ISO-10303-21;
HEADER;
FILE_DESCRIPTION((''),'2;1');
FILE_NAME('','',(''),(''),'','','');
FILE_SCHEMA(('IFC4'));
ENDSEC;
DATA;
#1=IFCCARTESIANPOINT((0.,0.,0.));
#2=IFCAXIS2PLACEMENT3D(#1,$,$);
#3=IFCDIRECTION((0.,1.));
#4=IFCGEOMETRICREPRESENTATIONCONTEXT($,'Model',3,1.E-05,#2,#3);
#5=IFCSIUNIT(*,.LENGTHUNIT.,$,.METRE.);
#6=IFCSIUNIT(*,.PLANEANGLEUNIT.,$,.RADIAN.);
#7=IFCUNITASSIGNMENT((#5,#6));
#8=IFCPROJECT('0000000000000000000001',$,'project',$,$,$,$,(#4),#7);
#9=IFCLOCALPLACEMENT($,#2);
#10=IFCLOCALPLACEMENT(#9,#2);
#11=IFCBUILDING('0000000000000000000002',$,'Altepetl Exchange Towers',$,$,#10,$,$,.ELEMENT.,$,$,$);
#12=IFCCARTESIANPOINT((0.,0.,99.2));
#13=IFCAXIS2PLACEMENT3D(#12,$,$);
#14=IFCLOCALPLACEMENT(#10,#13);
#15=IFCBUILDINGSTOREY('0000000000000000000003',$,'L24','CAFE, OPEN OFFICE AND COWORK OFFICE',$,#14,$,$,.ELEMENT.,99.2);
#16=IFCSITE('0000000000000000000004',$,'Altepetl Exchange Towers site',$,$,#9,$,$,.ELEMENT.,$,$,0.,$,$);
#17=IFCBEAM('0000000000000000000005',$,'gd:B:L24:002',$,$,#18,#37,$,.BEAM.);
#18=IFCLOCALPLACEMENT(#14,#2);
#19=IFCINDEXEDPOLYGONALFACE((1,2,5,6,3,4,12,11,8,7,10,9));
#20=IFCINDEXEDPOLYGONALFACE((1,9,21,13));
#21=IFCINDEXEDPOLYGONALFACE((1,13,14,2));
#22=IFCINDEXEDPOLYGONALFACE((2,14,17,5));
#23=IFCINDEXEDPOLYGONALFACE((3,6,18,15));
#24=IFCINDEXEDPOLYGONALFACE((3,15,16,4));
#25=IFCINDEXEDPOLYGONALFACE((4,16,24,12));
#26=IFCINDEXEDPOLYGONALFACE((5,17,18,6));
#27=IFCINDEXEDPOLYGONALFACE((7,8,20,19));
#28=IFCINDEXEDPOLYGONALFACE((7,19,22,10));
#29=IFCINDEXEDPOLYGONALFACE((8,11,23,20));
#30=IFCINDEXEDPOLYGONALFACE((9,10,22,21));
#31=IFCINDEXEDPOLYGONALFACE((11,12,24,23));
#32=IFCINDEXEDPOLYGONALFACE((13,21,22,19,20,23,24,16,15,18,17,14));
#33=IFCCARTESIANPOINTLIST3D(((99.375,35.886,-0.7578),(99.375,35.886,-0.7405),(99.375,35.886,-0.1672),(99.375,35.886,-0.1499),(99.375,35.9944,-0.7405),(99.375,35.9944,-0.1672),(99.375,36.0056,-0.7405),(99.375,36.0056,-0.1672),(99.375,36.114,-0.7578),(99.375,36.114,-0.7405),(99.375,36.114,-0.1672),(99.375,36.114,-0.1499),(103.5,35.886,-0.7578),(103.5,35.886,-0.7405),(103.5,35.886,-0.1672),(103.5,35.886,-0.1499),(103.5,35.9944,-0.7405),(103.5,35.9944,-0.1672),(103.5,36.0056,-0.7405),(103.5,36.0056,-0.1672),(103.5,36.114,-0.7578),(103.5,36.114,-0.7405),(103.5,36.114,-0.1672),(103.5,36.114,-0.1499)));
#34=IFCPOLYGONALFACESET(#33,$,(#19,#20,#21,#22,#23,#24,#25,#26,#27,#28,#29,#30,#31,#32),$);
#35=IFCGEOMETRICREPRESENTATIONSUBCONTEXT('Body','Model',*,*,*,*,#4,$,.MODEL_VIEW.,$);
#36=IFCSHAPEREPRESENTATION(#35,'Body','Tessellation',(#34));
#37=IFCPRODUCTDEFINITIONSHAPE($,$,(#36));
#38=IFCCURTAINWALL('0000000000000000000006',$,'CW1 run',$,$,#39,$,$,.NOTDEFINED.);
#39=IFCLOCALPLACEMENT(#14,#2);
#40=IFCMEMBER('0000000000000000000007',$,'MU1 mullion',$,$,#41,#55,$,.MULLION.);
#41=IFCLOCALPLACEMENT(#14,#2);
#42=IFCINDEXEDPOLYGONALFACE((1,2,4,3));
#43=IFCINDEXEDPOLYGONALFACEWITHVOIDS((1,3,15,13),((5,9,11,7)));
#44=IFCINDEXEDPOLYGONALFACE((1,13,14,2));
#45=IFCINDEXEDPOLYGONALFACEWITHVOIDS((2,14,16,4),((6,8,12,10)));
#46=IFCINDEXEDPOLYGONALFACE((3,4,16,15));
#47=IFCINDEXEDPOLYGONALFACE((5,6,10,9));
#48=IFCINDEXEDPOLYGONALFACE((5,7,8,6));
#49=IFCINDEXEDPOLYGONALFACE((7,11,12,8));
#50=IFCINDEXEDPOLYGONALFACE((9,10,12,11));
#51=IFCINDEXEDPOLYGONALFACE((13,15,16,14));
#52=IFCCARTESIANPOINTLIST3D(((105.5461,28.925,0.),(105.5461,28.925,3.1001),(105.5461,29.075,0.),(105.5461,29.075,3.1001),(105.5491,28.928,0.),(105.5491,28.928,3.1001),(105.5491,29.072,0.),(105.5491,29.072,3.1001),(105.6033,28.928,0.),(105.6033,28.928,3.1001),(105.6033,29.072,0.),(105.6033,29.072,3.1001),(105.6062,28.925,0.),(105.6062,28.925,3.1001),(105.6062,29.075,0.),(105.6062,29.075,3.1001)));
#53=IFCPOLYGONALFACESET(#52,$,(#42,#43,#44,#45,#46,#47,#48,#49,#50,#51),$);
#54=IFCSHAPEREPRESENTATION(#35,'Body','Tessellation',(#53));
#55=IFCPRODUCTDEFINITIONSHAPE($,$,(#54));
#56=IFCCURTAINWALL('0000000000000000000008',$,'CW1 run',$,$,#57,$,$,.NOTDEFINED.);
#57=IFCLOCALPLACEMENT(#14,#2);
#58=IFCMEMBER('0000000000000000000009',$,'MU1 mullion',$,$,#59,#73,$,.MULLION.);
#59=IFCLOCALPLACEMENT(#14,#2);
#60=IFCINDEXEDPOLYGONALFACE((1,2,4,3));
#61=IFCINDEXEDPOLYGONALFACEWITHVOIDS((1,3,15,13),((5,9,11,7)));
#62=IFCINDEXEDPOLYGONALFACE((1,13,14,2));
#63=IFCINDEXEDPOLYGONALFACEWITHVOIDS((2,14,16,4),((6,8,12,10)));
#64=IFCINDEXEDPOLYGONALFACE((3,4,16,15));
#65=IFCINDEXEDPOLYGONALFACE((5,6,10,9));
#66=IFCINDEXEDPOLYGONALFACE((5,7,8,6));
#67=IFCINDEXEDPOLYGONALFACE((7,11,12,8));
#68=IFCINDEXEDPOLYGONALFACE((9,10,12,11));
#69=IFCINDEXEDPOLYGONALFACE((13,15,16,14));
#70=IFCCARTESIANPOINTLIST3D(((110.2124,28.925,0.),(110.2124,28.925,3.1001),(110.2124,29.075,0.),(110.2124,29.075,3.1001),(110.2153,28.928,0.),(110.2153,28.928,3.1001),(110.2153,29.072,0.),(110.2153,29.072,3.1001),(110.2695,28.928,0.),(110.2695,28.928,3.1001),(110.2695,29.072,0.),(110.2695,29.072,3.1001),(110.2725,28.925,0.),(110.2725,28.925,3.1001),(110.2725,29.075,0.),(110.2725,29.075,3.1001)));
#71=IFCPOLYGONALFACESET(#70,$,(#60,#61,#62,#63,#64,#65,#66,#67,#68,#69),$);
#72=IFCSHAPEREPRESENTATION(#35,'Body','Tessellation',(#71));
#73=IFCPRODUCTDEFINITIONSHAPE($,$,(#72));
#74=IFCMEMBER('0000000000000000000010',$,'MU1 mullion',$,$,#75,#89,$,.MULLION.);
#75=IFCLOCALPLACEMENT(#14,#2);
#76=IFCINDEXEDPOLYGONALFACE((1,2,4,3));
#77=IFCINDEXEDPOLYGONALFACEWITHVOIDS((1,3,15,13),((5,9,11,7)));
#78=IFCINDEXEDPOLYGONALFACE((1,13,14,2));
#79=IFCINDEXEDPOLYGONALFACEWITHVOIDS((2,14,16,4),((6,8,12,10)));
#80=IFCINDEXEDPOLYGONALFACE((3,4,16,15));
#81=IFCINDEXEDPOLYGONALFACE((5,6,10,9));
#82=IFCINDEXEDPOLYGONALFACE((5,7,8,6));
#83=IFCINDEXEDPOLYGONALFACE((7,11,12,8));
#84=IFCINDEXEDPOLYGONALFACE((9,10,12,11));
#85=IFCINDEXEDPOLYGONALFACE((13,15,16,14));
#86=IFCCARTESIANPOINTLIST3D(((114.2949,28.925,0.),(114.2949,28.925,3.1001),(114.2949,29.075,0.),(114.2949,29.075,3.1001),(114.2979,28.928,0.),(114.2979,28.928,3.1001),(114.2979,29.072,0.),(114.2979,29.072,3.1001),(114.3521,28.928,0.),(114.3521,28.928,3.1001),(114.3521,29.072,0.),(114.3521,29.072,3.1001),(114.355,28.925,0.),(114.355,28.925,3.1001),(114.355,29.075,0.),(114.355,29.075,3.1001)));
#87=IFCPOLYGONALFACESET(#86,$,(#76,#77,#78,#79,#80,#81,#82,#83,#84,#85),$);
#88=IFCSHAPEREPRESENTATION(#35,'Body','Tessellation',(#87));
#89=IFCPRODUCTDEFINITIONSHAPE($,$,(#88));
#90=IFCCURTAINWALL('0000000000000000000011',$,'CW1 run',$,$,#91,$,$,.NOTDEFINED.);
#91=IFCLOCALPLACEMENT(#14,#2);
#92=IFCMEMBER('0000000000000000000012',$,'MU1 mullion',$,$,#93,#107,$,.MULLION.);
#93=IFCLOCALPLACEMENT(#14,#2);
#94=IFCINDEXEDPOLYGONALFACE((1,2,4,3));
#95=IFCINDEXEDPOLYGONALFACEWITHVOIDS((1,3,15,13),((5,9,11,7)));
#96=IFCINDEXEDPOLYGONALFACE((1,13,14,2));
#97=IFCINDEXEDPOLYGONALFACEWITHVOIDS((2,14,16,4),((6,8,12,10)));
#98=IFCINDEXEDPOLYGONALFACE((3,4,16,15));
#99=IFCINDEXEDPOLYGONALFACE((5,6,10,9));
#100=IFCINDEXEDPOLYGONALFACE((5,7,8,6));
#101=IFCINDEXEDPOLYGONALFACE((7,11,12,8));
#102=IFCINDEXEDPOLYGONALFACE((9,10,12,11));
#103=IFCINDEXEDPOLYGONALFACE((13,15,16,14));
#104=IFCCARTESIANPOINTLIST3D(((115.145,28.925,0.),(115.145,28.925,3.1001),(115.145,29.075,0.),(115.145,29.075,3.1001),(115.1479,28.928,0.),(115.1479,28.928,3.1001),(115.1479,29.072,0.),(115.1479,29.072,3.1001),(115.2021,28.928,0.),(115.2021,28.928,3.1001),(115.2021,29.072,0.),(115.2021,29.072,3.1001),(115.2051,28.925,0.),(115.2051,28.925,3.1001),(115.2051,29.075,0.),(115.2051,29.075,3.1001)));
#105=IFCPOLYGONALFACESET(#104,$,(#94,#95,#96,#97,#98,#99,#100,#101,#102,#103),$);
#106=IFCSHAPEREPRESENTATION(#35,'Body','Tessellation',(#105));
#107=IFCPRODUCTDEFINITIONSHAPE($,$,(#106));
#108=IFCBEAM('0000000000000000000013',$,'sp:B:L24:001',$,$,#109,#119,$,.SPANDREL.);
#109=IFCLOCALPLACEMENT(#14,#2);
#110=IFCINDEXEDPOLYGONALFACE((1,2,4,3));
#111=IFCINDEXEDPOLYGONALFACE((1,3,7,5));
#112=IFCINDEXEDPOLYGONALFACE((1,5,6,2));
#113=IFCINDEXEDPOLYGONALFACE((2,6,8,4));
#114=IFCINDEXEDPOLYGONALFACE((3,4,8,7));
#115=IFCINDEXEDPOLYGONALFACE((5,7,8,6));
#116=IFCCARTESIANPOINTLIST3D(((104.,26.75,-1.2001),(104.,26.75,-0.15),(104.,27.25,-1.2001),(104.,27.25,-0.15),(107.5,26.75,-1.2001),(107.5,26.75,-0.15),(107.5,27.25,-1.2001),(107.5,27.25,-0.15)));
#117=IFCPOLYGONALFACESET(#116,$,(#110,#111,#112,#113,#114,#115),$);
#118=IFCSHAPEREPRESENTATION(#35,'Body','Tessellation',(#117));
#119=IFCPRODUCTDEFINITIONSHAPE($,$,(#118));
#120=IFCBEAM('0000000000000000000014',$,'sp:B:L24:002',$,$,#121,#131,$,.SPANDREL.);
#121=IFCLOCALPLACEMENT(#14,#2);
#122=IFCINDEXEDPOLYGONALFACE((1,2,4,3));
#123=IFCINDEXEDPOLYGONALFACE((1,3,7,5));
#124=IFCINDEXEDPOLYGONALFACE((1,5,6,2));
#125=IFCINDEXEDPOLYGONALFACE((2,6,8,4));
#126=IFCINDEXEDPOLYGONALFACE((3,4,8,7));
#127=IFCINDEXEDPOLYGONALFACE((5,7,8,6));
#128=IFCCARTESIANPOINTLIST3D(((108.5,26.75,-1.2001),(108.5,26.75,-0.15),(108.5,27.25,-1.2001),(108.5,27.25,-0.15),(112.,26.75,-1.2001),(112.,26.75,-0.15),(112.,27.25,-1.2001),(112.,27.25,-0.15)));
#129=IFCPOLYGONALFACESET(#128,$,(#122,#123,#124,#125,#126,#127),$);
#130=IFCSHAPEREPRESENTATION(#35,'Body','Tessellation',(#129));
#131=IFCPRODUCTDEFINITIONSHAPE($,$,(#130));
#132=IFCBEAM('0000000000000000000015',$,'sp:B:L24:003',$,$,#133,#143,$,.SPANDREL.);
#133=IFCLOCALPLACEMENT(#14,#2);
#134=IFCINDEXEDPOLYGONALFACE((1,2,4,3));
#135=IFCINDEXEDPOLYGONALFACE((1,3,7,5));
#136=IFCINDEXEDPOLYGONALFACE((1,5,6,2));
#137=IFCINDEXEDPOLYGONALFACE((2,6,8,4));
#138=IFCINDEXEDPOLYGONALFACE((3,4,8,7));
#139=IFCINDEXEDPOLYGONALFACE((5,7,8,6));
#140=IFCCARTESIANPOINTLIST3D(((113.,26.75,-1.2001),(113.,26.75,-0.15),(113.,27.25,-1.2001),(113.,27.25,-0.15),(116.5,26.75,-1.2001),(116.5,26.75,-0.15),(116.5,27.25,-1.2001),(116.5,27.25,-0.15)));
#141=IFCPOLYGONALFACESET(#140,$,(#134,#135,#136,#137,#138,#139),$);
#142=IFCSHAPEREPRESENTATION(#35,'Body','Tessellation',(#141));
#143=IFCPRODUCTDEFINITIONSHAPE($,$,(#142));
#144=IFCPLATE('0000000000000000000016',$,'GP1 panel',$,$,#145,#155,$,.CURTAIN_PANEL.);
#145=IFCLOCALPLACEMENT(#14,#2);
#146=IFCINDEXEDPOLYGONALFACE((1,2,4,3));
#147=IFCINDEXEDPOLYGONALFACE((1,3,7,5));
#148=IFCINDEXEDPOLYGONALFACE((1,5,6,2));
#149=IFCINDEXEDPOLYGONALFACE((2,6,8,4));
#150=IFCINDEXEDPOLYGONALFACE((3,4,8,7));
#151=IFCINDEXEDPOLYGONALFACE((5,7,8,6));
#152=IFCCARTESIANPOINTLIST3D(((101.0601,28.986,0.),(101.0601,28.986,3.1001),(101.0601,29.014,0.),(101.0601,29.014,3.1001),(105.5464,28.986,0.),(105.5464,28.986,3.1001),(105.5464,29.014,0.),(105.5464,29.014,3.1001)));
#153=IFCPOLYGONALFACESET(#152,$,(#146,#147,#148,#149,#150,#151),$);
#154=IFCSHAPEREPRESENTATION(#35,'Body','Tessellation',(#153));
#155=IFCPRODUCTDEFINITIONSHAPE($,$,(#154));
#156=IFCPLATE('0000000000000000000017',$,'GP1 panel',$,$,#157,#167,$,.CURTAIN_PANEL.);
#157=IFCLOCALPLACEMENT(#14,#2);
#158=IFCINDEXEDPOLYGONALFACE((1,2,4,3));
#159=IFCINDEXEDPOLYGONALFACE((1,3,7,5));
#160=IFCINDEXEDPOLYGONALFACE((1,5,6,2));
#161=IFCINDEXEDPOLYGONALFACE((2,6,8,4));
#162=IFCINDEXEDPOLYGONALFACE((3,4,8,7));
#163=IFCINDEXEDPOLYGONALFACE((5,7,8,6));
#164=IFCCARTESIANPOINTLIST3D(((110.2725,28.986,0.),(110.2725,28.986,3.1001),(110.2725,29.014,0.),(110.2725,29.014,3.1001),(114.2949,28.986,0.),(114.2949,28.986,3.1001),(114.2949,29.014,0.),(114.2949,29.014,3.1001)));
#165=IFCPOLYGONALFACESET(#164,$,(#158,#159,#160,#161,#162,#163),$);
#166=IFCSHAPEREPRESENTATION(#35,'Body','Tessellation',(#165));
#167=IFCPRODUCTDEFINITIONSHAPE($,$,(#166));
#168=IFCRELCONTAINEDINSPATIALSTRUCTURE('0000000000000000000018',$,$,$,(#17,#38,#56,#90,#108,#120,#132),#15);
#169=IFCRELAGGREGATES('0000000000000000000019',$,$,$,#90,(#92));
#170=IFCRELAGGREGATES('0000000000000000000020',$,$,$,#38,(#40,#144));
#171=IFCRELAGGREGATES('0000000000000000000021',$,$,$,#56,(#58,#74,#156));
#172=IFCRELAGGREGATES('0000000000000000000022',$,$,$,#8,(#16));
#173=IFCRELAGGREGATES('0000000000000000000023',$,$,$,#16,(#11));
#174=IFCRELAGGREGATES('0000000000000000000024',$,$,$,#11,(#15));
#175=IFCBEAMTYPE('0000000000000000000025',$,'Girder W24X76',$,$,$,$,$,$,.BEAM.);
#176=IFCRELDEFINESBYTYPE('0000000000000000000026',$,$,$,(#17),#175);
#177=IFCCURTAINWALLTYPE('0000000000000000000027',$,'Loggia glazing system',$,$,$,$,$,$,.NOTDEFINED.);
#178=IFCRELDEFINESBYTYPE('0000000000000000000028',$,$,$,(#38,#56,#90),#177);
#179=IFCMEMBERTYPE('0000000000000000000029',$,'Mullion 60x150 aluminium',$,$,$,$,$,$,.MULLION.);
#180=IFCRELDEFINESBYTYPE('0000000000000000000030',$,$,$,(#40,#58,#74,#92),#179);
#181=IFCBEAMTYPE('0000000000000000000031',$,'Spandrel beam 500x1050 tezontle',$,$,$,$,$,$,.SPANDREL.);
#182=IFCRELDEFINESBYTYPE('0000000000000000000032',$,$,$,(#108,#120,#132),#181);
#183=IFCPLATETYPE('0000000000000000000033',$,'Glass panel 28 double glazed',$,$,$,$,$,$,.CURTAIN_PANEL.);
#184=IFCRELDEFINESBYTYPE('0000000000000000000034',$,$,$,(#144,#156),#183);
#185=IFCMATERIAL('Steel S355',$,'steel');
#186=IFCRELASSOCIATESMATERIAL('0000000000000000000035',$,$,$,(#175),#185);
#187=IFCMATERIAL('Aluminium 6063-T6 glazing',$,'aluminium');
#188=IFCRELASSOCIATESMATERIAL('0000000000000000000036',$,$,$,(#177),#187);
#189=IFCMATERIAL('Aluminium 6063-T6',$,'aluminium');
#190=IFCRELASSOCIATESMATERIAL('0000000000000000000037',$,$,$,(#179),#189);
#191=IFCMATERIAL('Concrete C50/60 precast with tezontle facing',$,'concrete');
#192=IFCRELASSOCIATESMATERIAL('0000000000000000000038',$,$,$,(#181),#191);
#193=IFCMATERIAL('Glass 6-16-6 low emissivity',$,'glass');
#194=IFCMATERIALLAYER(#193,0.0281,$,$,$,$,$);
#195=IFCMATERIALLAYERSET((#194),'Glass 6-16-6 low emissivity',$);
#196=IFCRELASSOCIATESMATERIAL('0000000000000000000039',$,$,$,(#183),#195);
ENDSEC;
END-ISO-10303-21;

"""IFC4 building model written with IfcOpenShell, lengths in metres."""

from ifc_helpers import new_model, si_unit, direction, frame, origin, origin_2d, place, context, subcontext, project, spatial, rectangle, hollow_rectangle, i_section, extrude, material, layer, layer_set, material_profile, profile_set, type_object, element, aggregate, save


model = new_model("IFC4")

# Units and contexts
model_context = context("Model", 3, precision=1e-05, world=origin(), true_north=direction((0.0, 1.0)))
body_context = subcontext(model_context, "Body", "Model", "MODEL_VIEW")
ifc_project = project(units=[si_unit("LENGTHUNIT", "METRE"), si_unit("PLANEANGLEUNIT", "RADIAN")], contexts=[model_context])

# Site, building, storey
site_placement = place(None, origin())
site = spatial("IfcSite", under=ifc_project, at=site_placement, Name="Altepetl Exchange Towers site", CompositionType="ELEMENT", RefElevation=0.0)
building_placement = place(site_placement, origin())
building = spatial("IfcBuilding", under=site, at=building_placement, Name="Altepetl Exchange Towers", CompositionType="ELEMENT")
storey_placement = place(building_placement, frame((0.0, 0.0, 99.2)))
storey = spatial("IfcBuildingStorey", under=building, at=storey_placement, Name="L24", Description="CAFE, OPEN OFFICE AND COWORK OFFICE", CompositionType="ELEMENT", Elevation=99.2)

# Beam
ifc_material_1 = material(Name="Steel S355", Category="steel")
ifc_material_profile_1 = material_profile(ifc_material_1, i_section(OverallWidth=0.228, OverallDepth=0.6079, WebThickness=0.0112, FlangeThickness=0.0173, at=origin_2d()), Name="W24X76")
ifc_profile_set_1 = profile_set([ifc_material_profile_1], Name="Steel S355")
beam_type_1 = type_object("IfcBeamType", Name="Girder W24X76", PredefinedType="BEAM", material=ifc_profile_set_1)
beam_1_placement = place(storey_placement, frame((103.5, 36.0, -0.4539), z_axis=(-1.0, 0.0, 0.0), x_axis=(0.0, -1.0, 0.0)))
element("IfcBeam", 1, at=beam_1_placement, inside=storey, type_object=beam_type_1, Name="gd:B:L24:002", PredefinedType="BEAM", context=body_context, shape_type="SweptSolid", body=[
    extrude(i_section(OverallWidth=0.228, OverallDepth=0.6079, WebThickness=0.0112, FlangeThickness=0.0173, at=origin_2d()), origin(), (0.0, 0.0, 1.0), 4.125),
])

# Curtain wall, member
ifc_material_2 = material(Name="Aluminium 6063-T6 glazing", Category="aluminium")
curtain_wall_type = type_object("IfcCurtainWallType", Name="Loggia glazing system", PredefinedType="NOTDEFINED", material=ifc_material_2)
curtain_wall_1_placement = place(storey_placement, origin())
curtain_wall_1 = element("IfcCurtainWall", 2, at=curtain_wall_1_placement, inside=storey, type_object=curtain_wall_type, Name="CW1 run", PredefinedType="NOTDEFINED")
ifc_material_3 = material(Name="Aluminium 6063-T6", Category="aluminium")
ifc_material_profile_2 = material_profile(ifc_material_3, hollow_rectangle(XDim=0.0601, YDim=0.1499, WallThickness=0.0029, at=origin_2d()), Name="Mullion 60x150 aluminium")
ifc_profile_set_2 = profile_set([ifc_material_profile_2], Name="Aluminium 6063-T6")
member_type = type_object("IfcMemberType", Name="Mullion 60x150 aluminium", PredefinedType="MULLION", material=ifc_profile_set_2)
member_1_placement = place(storey_placement, frame((105.5762, 29.0, 0.0)))
member_1 = element("IfcMember", 3, at=member_1_placement, type_object=member_type, Name="MU1 mullion", PredefinedType="MULLION", context=body_context, shape_type="SweptSolid", body=[
    extrude(hollow_rectangle(XDim=0.0601, YDim=0.1499, WallThickness=0.0029, at=origin_2d()), origin(), (0.0, 0.0, 1.0), 3.1001),
])

# Curtain wall, members
curtain_wall_2_placement = place(storey_placement, origin())
curtain_wall_2 = element("IfcCurtainWall", 4, at=curtain_wall_2_placement, inside=storey, type_object=curtain_wall_type, Name="CW1 run", PredefinedType="NOTDEFINED")
member_2_placement = place(storey_placement, frame((110.2424, 29.0, 0.0)))
member_2 = element("IfcMember", 5, at=member_2_placement, type_object=member_type, Name="MU1 mullion", PredefinedType="MULLION", context=body_context, shape_type="SweptSolid", body=[
    extrude(hollow_rectangle(XDim=0.0601, YDim=0.1499, WallThickness=0.0029, at=origin_2d()), origin(), (0.0, 0.0, 1.0), 3.1001),
])
member_3_placement = place(storey_placement, frame((114.325, 29.0, 0.0)))
member_3 = element("IfcMember", 6, at=member_3_placement, type_object=member_type, Name="MU1 mullion", PredefinedType="MULLION", context=body_context, shape_type="SweptSolid", body=[
    extrude(hollow_rectangle(XDim=0.0601, YDim=0.1499, WallThickness=0.0029, at=origin_2d()), origin(), (0.0, 0.0, 1.0), 3.1001),
])

# Curtain wall, member
curtain_wall_3_placement = place(storey_placement, origin())
curtain_wall_3 = element("IfcCurtainWall", 7, at=curtain_wall_3_placement, inside=storey, type_object=curtain_wall_type, Name="CW1 run", PredefinedType="NOTDEFINED")
member_4_placement = place(storey_placement, frame((115.175, 29.0, 0.0)))
member_4 = element("IfcMember", 8, at=member_4_placement, type_object=member_type, Name="MU1 mullion", PredefinedType="MULLION", context=body_context, shape_type="SweptSolid", body=[
    extrude(hollow_rectangle(XDim=0.0601, YDim=0.1499, WallThickness=0.0029, at=origin_2d()), origin(), (0.0, 0.0, 1.0), 3.1001),
])
aggregate(curtain_wall_3, [member_4])

# Beams
ifc_material_4 = material(Name="Concrete C50/60 precast with tezontle facing", Category="concrete")
ifc_material_profile_3 = material_profile(ifc_material_4, rectangle(XDim=0.5, YDim=1.05, at=origin_2d()), Name="500 x 1050")
ifc_profile_set_3 = profile_set([ifc_material_profile_3], Name="Concrete C50/60 precast with tezontle facing")
beam_type_2 = type_object("IfcBeamType", Name="Spandrel beam 500x1050 tezontle", PredefinedType="SPANDREL", material=ifc_profile_set_3)
for number, where, z_axis, x_axis, name in (
    (9, (104.0, 27.0, -0.675), (1.0, 0.0, 0.0), (0.0, 1.0, 0.0), "sp:B:L24:001"),
    (10, (108.5, 27.0, -0.675), (1.0, 0.0, 0.0), (0.0, 1.0, 0.0), "sp:B:L24:002"),
    (11, (113.0, 27.0, -0.675), (1.0, 0.0, 0.0), (0.0, 1.0, 0.0), "sp:B:L24:003"),
):
    element("IfcBeam", number, at=place(storey_placement, frame(where, z_axis=z_axis, x_axis=x_axis)), inside=storey, type_object=beam_type_2, Name=name, PredefinedType="SPANDREL", context=body_context, shape_type="SweptSolid", body=[
        extrude(rectangle(XDim=0.5, YDim=1.05, at=origin_2d()), origin(), (0.0, 0.0, 1.0), 3.5),
    ])

# Plates
ifc_material_5 = material(Name="Glass 6-16-6 low emissivity", Category="glass")
ifc_layer_1 = layer(ifc_material_5, 0.0281)
ifc_layer_set_1 = layer_set([ifc_layer_1], Name="Glass 6-16-6 low emissivity")
plate_type = type_object("IfcPlateType", Name="Glass panel 28 double glazed", PredefinedType="CURTAIN_PANEL", material=ifc_layer_set_1)
plate_1_placement = place(storey_placement, frame((103.3032, 29.0, 0.0)))
plate_1 = element("IfcPlate", 12, at=plate_1_placement, type_object=plate_type, Name="GP1 panel", PredefinedType="CURTAIN_PANEL", context=body_context, shape_type="SweptSolid", body=[
    extrude(rectangle(XDim=4.4863, YDim=0.0281, at=origin_2d()), origin(), (0.0, 0.0, 1.0), 3.1001),
])
aggregate(curtain_wall_1, [member_1, plate_1])
plate_2_placement = place(storey_placement, frame((112.2837, 29.0, 0.0)))
plate_2 = element("IfcPlate", 13, at=plate_2_placement, type_object=plate_type, Name="GP1 panel", PredefinedType="CURTAIN_PANEL", context=body_context, shape_type="SweptSolid", body=[
    extrude(rectangle(XDim=4.0225, YDim=0.0281, at=origin_2d()), origin(), (0.0, 0.0, 1.0), 3.1001),
])
aggregate(curtain_wall_2, [member_2, member_3, plate_2])

save(model, "model.ifc")
